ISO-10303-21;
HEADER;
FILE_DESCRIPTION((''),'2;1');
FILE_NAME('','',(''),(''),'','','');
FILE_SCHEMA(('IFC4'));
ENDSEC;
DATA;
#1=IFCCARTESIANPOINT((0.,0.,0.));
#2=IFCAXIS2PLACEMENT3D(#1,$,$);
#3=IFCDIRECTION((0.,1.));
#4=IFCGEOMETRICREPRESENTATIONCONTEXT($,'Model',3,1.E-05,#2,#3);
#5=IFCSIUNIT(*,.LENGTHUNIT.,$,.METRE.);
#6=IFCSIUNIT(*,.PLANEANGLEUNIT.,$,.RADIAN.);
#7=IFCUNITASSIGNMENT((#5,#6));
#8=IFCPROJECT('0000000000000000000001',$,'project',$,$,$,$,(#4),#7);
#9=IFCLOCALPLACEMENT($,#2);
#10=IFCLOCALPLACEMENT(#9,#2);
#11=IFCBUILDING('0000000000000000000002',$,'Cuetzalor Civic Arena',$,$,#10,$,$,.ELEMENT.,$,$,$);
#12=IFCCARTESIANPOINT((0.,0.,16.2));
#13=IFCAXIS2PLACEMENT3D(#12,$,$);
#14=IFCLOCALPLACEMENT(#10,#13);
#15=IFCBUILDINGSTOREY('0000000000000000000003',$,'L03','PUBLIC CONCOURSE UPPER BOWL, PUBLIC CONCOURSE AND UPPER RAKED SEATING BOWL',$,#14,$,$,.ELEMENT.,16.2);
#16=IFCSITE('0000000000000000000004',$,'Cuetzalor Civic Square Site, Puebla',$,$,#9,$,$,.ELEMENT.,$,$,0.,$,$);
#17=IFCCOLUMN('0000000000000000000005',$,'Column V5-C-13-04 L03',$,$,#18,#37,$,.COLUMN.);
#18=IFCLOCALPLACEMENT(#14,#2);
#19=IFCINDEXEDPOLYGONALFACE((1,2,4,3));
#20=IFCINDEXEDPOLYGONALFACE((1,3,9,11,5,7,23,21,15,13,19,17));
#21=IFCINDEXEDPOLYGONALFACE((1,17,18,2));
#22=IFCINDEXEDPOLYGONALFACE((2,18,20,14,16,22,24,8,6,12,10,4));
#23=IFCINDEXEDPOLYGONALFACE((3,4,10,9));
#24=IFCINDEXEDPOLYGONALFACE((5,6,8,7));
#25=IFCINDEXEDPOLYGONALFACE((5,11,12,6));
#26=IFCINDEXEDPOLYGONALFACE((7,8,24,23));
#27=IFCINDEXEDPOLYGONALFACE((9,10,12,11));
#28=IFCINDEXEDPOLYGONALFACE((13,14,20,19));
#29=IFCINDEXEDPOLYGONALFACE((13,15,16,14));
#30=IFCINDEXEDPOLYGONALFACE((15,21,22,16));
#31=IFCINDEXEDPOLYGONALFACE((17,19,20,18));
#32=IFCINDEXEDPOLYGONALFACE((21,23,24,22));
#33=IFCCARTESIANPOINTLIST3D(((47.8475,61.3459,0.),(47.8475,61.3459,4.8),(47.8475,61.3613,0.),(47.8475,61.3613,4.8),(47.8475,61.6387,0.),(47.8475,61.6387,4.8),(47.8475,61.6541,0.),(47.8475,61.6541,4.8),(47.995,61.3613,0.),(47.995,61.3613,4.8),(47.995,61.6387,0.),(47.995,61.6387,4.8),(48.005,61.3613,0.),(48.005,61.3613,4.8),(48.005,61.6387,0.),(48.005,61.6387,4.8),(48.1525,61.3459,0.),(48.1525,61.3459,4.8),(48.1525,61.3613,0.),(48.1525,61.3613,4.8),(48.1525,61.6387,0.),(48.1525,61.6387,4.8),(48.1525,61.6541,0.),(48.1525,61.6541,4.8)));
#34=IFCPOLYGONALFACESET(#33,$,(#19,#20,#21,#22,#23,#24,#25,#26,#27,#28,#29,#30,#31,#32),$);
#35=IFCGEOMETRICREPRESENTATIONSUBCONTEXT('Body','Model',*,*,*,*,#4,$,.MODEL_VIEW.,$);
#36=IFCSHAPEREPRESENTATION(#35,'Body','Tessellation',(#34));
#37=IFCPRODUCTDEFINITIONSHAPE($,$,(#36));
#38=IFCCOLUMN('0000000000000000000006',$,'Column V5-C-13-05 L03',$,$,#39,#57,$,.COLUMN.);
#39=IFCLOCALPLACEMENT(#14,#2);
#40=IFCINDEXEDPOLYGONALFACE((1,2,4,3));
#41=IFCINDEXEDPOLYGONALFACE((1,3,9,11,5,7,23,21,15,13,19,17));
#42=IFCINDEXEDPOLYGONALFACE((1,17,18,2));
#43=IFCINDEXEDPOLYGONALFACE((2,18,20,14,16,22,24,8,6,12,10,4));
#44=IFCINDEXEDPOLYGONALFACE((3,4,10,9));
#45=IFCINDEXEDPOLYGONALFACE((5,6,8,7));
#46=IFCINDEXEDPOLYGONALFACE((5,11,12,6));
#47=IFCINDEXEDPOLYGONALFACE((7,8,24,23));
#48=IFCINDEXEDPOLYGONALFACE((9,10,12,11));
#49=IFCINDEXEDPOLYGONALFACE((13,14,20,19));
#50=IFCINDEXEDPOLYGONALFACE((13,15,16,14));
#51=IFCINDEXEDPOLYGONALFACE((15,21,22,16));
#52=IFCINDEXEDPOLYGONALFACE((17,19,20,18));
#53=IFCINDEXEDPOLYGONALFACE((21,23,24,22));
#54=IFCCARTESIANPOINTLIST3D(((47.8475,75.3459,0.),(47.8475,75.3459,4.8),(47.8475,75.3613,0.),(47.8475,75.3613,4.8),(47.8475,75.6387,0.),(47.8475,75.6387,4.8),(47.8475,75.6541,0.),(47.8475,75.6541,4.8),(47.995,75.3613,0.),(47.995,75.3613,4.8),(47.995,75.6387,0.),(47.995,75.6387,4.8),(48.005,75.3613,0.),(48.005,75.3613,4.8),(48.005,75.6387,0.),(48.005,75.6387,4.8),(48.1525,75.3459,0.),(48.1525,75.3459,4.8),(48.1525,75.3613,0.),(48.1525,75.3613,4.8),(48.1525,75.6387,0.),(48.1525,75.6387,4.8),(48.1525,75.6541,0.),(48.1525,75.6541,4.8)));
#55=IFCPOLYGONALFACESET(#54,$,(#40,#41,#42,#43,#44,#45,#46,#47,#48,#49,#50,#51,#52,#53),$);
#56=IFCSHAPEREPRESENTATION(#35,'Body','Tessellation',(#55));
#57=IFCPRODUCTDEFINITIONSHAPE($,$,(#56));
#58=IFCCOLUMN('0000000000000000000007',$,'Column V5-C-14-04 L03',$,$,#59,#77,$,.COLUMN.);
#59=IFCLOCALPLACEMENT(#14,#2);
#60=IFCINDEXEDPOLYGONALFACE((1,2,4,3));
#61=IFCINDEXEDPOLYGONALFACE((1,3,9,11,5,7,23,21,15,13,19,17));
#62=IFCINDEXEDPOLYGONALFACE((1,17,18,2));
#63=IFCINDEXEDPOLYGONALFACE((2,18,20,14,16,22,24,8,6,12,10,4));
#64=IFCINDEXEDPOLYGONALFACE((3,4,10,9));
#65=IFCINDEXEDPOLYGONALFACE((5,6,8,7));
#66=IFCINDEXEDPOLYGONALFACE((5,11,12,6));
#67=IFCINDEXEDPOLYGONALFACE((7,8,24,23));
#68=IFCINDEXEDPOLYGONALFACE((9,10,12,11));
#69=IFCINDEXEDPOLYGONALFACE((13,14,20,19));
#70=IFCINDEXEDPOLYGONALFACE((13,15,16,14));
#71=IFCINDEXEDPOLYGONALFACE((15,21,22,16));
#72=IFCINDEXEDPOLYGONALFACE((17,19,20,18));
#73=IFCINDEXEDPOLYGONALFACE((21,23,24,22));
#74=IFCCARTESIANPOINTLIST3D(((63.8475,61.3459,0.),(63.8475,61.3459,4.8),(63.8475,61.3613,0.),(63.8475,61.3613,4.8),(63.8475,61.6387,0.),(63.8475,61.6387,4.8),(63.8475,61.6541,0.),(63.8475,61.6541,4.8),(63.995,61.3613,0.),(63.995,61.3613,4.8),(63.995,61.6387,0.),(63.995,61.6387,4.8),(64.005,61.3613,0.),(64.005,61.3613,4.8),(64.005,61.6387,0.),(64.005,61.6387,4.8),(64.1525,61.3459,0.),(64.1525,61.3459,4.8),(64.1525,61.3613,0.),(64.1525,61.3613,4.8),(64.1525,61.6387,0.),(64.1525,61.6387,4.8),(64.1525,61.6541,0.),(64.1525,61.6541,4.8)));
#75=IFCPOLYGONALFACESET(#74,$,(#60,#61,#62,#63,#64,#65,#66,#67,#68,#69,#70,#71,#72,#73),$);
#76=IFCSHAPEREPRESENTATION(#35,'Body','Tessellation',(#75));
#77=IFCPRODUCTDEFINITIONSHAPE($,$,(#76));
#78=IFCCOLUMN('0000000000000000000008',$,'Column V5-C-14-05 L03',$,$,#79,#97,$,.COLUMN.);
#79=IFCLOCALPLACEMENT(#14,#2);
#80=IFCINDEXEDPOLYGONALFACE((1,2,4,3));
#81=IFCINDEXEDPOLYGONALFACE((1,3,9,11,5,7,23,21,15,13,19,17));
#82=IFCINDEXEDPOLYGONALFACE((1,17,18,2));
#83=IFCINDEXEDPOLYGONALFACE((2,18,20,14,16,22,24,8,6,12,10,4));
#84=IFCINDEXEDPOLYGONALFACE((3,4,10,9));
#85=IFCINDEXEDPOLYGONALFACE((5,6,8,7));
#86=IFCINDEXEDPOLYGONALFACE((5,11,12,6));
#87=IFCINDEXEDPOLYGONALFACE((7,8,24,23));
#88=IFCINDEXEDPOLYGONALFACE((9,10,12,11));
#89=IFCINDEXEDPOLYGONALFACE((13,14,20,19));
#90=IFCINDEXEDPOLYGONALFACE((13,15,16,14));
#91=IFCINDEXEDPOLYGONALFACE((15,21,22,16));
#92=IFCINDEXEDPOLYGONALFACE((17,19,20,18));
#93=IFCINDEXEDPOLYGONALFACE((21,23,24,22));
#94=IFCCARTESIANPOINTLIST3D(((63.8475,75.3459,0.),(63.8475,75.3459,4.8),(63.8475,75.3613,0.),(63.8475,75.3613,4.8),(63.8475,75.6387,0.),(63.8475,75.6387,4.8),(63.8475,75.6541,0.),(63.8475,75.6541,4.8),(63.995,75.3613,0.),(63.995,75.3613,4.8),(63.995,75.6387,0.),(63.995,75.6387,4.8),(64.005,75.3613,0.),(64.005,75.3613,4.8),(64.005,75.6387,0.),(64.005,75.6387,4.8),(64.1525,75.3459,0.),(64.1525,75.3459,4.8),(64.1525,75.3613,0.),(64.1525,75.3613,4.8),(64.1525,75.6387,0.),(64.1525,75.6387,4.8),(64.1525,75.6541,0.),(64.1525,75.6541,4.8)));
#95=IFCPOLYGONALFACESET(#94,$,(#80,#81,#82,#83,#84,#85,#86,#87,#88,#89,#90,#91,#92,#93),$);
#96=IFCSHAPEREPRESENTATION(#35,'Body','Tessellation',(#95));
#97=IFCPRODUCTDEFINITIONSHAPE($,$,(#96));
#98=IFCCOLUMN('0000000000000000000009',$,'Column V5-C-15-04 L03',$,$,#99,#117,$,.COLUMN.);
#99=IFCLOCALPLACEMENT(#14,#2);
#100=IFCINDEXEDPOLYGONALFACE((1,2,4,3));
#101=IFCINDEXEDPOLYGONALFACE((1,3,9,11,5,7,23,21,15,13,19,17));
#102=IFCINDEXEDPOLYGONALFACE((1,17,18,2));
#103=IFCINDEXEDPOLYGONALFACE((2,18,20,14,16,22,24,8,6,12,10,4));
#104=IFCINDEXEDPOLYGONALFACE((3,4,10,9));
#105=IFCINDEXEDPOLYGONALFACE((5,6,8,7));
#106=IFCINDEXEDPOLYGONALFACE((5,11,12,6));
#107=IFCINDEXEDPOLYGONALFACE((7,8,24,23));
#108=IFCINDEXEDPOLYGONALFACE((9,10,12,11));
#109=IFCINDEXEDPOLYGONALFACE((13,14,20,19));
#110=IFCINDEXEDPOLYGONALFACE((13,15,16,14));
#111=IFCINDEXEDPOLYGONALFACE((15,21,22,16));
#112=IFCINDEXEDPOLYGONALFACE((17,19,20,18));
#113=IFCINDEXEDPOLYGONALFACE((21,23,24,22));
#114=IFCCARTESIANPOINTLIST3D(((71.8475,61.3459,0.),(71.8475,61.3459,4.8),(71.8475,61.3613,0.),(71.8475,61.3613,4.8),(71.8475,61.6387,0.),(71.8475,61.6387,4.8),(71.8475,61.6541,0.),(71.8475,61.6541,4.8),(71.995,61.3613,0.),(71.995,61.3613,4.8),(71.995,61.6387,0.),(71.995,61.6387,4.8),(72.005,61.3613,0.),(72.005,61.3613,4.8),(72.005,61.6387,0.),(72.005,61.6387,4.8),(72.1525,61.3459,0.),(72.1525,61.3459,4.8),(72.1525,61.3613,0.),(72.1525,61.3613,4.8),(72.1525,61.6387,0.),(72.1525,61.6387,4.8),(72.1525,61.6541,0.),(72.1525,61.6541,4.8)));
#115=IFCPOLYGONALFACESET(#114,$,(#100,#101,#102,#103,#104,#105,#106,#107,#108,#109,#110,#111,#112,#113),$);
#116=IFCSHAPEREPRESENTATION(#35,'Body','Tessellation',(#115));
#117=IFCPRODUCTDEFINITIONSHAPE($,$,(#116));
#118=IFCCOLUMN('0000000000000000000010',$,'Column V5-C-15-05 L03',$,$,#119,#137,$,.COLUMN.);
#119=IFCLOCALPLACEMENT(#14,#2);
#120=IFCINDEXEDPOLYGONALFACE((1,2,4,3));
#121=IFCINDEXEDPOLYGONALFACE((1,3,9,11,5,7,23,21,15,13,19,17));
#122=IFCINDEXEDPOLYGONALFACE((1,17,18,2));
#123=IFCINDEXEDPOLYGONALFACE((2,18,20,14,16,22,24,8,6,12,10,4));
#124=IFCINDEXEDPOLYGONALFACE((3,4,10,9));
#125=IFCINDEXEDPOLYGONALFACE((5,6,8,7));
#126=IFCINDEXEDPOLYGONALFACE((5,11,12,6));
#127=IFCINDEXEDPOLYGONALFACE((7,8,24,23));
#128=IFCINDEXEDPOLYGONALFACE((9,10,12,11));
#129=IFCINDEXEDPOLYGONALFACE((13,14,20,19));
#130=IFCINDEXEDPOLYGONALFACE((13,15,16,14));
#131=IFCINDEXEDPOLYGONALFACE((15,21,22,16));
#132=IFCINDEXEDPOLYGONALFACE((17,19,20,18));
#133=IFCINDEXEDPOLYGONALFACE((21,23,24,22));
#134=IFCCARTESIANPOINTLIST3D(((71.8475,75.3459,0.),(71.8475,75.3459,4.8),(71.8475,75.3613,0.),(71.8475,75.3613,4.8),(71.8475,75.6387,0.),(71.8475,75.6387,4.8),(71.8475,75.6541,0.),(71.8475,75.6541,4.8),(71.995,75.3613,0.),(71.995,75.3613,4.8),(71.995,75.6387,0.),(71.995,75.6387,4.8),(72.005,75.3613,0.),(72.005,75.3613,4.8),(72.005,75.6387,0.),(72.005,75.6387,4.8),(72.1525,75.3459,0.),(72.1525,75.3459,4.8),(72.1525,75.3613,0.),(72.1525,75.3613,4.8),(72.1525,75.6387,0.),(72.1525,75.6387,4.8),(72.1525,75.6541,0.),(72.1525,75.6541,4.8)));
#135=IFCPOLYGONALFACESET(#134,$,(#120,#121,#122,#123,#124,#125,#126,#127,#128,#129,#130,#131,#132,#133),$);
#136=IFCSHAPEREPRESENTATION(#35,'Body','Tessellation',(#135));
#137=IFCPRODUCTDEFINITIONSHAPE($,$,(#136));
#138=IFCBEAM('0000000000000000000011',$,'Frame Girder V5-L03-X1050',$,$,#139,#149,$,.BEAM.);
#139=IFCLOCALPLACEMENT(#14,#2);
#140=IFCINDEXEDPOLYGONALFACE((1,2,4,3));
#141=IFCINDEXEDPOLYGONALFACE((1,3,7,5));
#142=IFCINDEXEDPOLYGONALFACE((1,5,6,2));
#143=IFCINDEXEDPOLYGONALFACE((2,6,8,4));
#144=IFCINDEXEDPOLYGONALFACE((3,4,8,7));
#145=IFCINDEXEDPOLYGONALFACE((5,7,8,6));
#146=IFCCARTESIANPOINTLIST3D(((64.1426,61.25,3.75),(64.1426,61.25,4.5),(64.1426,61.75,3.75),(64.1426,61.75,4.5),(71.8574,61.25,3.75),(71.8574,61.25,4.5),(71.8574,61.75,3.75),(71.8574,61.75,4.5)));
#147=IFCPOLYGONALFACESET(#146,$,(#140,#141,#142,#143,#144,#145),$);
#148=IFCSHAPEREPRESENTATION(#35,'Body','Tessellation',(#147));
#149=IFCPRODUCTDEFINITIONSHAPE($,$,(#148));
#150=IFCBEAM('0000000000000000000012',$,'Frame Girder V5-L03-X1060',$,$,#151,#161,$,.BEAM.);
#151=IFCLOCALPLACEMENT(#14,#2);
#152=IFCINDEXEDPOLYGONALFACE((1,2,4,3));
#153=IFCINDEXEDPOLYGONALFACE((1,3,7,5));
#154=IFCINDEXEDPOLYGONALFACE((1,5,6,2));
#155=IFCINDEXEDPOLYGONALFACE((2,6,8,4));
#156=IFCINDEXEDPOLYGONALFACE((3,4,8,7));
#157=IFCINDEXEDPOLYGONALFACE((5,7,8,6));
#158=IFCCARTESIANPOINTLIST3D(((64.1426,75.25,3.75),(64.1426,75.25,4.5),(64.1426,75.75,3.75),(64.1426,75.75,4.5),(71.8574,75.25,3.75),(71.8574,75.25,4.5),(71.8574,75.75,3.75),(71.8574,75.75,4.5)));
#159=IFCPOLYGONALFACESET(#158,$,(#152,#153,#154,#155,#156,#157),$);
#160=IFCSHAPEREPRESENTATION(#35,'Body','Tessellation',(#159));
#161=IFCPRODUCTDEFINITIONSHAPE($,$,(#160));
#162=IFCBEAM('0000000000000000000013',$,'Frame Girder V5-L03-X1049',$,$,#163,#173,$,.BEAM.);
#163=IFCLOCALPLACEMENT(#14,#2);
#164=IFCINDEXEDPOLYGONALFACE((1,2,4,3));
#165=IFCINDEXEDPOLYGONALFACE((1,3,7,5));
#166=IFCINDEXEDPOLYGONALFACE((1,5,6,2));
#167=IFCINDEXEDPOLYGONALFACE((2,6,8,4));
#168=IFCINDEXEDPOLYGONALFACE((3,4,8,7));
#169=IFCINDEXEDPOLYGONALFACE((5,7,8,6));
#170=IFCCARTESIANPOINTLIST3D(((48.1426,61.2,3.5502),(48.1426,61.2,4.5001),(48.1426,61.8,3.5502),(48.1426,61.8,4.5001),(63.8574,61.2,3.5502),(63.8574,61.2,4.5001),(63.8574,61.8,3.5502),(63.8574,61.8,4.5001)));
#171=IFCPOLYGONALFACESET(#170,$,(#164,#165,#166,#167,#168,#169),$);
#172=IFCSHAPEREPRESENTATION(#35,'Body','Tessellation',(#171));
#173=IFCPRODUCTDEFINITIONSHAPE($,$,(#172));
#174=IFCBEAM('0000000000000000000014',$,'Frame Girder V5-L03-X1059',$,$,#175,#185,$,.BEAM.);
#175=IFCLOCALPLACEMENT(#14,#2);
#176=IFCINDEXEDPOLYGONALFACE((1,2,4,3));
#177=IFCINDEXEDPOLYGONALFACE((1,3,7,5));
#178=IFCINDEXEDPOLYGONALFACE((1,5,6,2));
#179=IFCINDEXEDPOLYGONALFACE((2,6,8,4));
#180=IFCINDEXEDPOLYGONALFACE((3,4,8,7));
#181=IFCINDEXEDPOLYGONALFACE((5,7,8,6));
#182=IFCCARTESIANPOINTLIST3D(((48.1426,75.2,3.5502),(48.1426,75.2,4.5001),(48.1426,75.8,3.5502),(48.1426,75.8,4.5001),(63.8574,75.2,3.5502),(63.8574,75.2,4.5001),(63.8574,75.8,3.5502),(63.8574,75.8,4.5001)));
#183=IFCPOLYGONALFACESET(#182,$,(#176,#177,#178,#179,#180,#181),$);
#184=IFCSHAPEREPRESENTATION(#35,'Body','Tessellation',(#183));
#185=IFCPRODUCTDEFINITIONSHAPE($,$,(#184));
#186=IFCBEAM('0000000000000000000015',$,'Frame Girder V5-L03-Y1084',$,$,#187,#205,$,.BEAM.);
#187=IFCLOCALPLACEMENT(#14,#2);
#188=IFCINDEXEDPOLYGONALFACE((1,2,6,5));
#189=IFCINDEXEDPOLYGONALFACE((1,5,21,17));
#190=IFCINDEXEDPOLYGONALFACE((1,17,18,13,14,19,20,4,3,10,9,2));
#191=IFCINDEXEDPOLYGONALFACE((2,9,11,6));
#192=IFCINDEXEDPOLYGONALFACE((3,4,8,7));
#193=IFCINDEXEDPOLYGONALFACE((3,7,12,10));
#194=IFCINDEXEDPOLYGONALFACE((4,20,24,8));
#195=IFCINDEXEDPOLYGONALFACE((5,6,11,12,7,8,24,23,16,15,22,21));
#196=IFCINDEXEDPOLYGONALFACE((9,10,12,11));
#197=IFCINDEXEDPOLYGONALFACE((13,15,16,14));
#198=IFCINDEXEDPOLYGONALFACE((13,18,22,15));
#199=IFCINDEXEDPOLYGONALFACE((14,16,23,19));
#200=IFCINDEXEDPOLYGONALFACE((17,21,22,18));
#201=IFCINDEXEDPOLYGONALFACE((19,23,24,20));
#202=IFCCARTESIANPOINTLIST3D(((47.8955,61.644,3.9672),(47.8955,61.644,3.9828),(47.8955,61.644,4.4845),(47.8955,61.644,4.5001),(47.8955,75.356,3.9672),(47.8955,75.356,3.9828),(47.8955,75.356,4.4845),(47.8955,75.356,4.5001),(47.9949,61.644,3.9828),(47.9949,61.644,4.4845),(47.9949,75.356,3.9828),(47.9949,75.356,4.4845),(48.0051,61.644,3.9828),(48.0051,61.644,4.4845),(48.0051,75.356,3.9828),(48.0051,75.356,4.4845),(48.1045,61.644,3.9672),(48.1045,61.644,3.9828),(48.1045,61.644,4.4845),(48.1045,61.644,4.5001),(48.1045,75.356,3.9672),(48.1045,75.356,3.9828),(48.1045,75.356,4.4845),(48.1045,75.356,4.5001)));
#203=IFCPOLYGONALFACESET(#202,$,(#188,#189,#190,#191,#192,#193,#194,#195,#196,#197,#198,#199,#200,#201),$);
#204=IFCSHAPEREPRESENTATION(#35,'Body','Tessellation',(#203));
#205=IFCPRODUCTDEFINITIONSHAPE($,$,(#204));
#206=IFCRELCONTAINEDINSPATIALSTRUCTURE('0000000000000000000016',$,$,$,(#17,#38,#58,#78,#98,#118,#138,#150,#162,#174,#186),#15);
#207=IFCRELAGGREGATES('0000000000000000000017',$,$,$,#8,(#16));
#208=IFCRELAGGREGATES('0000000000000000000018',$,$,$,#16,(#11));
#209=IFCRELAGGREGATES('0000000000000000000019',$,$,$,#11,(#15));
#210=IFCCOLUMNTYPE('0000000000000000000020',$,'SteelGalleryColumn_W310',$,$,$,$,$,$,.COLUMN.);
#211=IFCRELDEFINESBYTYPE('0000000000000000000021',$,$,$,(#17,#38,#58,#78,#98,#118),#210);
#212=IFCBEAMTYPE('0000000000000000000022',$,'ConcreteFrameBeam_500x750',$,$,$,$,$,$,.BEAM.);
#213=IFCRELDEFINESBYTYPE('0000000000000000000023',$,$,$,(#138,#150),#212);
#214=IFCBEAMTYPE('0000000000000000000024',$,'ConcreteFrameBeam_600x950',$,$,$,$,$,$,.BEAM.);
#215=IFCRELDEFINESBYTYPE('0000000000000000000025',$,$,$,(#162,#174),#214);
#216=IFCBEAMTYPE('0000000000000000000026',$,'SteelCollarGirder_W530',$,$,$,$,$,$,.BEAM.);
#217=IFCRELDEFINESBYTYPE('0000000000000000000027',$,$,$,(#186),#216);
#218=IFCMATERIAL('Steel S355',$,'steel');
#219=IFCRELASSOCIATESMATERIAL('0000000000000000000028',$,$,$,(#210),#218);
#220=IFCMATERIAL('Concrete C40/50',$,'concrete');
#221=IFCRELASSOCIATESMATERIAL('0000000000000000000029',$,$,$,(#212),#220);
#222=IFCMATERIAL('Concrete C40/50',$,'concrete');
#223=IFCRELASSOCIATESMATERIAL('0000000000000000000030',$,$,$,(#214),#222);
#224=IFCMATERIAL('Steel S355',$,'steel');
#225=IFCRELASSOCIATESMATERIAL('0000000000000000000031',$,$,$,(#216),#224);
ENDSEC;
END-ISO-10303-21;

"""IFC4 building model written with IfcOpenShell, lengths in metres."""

from ifc_helpers import new_model, si_unit, direction, frame, origin, origin_2d, place, context, subcontext, project, spatial, rectangle, i_section, extrude, material, material_profile, profile_set, type_object, element, save


model = new_model("IFC4")

# Units and contexts
model_context = context("Model", 3, precision=1e-05, world=origin(), true_north=direction((0.0, 1.0)))
body_context = subcontext(model_context, "Body", "Model", "MODEL_VIEW")
ifc_project = project(units=[si_unit("LENGTHUNIT", "METRE"), si_unit("PLANEANGLEUNIT", "RADIAN")], contexts=[model_context])

# Site, building, storey
site_placement = place(None, origin())
site = spatial("IfcSite", under=ifc_project, at=site_placement, Name="Cuetzalor Civic Square Site, Puebla", CompositionType="ELEMENT", RefElevation=0.0)
building_placement = place(site_placement, origin())
building = spatial("IfcBuilding", under=site, at=building_placement, Name="Cuetzalor Civic Arena", CompositionType="ELEMENT")
storey_placement = place(building_placement, frame((0.0, 0.0, 16.2)))
storey = spatial("IfcBuildingStorey", under=building, at=storey_placement, Name="L03", Description="PUBLIC CONCOURSE UPPER BOWL, PUBLIC CONCOURSE AND UPPER RAKED SEATING BOWL", CompositionType="ELEMENT", Elevation=16.2)

# Columns
ifc_material_1 = material(Name="Steel S355", Category="steel")
ifc_material_profile_1 = material_profile(ifc_material_1, i_section(OverallWidth=0.3049, OverallDepth=0.3081, WebThickness=0.01, FlangeThickness=0.0154, at=origin_2d()), Name="W310x97")
ifc_profile_set_1 = profile_set([ifc_material_profile_1], Name="Steel S355")
column_type = type_object("IfcColumnType", Name="SteelGalleryColumn_W310", PredefinedType="COLUMN", material=ifc_profile_set_1)
for number, where, z_axis, x_axis, name in (
    (1, (48.0, 61.5, 0.0), (0.0, 0.0, 1.0), (1.0, 0.0, 0.0), "Column V5-C-13-04 L03"),
    (2, (48.0, 75.5, 0.0), (0.0, 0.0, 1.0), (1.0, 0.0, 0.0), "Column V5-C-13-05 L03"),
    (3, (64.0, 61.5, 0.0), (0.0, 0.0, 1.0), (1.0, 0.0, 0.0), "Column V5-C-14-04 L03"),
    (4, (64.0, 75.5, 0.0), (0.0, 0.0, 1.0), (1.0, 0.0, 0.0), "Column V5-C-14-05 L03"),
    (5, (72.0, 61.5, 0.0), (0.0, 0.0, 1.0), (1.0, 0.0, 0.0), "Column V5-C-15-04 L03"),
    (6, (72.0, 75.5, 0.0), (0.0, 0.0, 1.0), (1.0, 0.0, 0.0), "Column V5-C-15-05 L03"),
):
    element("IfcColumn", number, at=place(storey_placement, frame(where, z_axis=z_axis, x_axis=x_axis)), inside=storey, type_object=column_type, Name=name, PredefinedType="COLUMN", context=body_context, shape_type="SweptSolid", body=[
        extrude(i_section(OverallWidth=0.3049, OverallDepth=0.3081, WebThickness=0.01, FlangeThickness=0.0154, at=origin_2d()), origin(), (0.0, 0.0, 1.0), 4.8),
    ])

# Beams
ifc_material_2 = material(Name="Concrete C40/50", Category="concrete")
ifc_material_profile_2 = material_profile(ifc_material_2, rectangle(XDim=0.5, YDim=0.75, at=origin_2d()), Name="RC 500x750")
ifc_profile_set_2 = profile_set([ifc_material_profile_2], Name="Concrete C40/50")
beam_type_1 = type_object("IfcBeamType", Name="ConcreteFrameBeam_500x750", PredefinedType="BEAM", material=ifc_profile_set_2)
for number, where, z_axis, x_axis, name in (
    (7, (64.1426, 61.5, 4.125), (1.0, 0.0, 0.0), (0.0, 1.0, 0.0), "Frame Girder V5-L03-X1050"),
    (8, (64.1426, 75.5, 4.125), (1.0, 0.0, 0.0), (0.0, 1.0, 0.0), "Frame Girder V5-L03-X1060"),
):
    element("IfcBeam", number, at=place(storey_placement, frame(where, z_axis=z_axis, x_axis=x_axis)), inside=storey, type_object=beam_type_1, Name=name, PredefinedType="BEAM", context=body_context, shape_type="SweptSolid", body=[
        extrude(rectangle(XDim=0.5, YDim=0.75, at=origin_2d()), origin(), (0.0, 0.0, 1.0), 7.7148),
    ])
ifc_material_3 = material(Name="Concrete C40/50", Category="concrete")
ifc_material_profile_3 = material_profile(ifc_material_3, rectangle(XDim=0.6001, YDim=0.95, at=origin_2d()), Name="RC 600x950")
ifc_profile_set_3 = profile_set([ifc_material_profile_3], Name="Concrete C40/50")
beam_type_2 = type_object("IfcBeamType", Name="ConcreteFrameBeam_600x950", PredefinedType="BEAM", material=ifc_profile_set_3)
for number, where, z_axis, x_axis, name in (
    (9, (48.1426, 61.5, 4.0251), (1.0, 0.0, 0.0), (0.0, 1.0, 0.0), "Frame Girder V5-L03-X1049"),
    (10, (48.1426, 75.5, 4.0251), (1.0, 0.0, 0.0), (0.0, 1.0, 0.0), "Frame Girder V5-L03-X1059"),
):
    element("IfcBeam", number, at=place(storey_placement, frame(where, z_axis=z_axis, x_axis=x_axis)), inside=storey, type_object=beam_type_2, Name=name, PredefinedType="BEAM", context=body_context, shape_type="SweptSolid", body=[
        extrude(rectangle(XDim=0.6001, YDim=0.95, at=origin_2d()), origin(), (0.0, 0.0, 1.0), 15.7148),
    ])
ifc_material_4 = material(Name="Steel S355", Category="steel")
ifc_material_profile_4 = material_profile(ifc_material_4, i_section(OverallWidth=0.209, OverallDepth=0.533, WebThickness=0.0103, FlangeThickness=0.0156, at=origin_2d()), Name="W530x92")
ifc_profile_set_4 = profile_set([ifc_material_profile_4], Name="Steel S355")
beam_type_3 = type_object("IfcBeamType", Name="SteelCollarGirder_W530", PredefinedType="BEAM", material=ifc_profile_set_4)
for number, where, z_axis, x_axis, name in (
    (11, (48.0, 61.644, 4.2336), (0.0, 1.0, 0.0), (-1.0, 0.0, 0.0), "Frame Girder V5-L03-Y1084"),
):
    element("IfcBeam", number, at=place(storey_placement, frame(where, z_axis=z_axis, x_axis=x_axis)), inside=storey, type_object=beam_type_3, Name=name, PredefinedType="BEAM", context=body_context, shape_type="SweptSolid", body=[
        extrude(i_section(OverallWidth=0.209, OverallDepth=0.533, WebThickness=0.0103, FlangeThickness=0.0156, at=origin_2d()), origin(), (0.0, 0.0, 1.0), 13.7119),
    ])

save(model, "model.ifc")
